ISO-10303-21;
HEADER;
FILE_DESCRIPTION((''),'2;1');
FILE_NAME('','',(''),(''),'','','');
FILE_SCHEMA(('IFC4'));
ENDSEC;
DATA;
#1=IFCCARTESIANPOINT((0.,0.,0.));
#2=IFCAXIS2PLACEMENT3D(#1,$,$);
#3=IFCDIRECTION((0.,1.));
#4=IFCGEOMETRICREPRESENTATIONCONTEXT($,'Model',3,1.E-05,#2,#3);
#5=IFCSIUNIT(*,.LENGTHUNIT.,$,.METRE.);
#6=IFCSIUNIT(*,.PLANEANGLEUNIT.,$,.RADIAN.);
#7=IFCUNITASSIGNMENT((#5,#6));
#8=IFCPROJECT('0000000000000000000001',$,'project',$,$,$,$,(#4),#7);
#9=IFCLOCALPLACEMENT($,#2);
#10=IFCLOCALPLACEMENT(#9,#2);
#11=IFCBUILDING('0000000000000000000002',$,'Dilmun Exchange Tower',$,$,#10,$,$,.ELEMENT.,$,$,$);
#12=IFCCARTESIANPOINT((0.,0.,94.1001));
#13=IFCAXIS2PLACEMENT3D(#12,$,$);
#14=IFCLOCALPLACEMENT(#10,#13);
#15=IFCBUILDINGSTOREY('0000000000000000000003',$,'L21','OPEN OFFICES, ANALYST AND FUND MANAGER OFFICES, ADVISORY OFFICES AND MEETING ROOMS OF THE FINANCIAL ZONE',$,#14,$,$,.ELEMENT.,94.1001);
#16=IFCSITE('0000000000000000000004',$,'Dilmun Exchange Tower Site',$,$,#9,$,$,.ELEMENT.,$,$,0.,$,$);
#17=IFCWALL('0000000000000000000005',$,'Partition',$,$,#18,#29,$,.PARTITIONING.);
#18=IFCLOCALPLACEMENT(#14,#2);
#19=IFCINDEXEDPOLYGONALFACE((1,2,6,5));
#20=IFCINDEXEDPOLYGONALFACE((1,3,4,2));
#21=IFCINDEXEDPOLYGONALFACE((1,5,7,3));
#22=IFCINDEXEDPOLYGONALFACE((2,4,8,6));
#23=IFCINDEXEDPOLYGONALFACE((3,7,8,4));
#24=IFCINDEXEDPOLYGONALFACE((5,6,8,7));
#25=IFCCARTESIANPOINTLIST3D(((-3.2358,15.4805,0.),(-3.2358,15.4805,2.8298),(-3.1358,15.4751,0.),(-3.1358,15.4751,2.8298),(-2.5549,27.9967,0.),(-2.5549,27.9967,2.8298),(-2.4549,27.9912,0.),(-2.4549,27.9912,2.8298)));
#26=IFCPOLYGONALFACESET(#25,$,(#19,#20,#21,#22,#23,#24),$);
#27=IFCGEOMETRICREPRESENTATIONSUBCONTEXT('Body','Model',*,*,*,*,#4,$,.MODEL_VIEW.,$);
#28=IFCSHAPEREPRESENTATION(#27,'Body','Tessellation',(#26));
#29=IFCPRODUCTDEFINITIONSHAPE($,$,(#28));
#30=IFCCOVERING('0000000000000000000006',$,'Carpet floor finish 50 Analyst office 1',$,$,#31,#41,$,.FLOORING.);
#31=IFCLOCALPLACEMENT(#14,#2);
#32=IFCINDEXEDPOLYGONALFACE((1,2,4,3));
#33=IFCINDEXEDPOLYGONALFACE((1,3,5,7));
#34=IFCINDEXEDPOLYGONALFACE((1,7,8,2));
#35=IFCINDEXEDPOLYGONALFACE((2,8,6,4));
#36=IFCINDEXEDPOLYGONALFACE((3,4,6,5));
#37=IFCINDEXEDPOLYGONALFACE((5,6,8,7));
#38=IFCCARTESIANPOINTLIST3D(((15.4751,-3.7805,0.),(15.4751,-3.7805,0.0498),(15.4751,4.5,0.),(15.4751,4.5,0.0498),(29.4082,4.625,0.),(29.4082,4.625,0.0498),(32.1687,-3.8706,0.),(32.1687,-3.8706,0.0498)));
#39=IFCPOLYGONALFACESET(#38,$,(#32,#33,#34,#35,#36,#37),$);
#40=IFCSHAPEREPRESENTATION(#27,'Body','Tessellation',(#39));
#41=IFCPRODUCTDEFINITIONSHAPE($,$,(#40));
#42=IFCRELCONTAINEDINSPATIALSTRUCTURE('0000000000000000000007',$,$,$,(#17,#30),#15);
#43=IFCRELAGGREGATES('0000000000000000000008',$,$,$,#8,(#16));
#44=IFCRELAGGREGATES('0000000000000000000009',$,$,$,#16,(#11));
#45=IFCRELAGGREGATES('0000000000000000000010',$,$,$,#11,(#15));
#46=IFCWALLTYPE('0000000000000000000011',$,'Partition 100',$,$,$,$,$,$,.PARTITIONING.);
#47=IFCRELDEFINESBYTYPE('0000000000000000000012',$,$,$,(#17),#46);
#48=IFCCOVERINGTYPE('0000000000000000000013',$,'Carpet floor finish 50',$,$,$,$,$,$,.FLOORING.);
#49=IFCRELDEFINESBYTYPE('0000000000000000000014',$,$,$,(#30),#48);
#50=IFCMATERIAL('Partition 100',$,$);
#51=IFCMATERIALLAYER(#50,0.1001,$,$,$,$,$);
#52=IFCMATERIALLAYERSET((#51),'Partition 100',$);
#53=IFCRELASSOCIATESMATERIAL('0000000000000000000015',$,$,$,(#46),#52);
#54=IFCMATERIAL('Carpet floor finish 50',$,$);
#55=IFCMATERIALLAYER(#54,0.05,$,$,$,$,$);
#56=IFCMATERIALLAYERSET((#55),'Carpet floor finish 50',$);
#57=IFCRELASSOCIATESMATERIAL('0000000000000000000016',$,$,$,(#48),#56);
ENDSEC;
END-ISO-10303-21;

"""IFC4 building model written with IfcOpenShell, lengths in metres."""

from ifc_helpers import new_model, si_unit, direction, frame, frame_2d, origin, place, context, subcontext, project, spatial, polyline, rectangle, outline, extrude, material, layer, layer_set, type_object, element, save


model = new_model("IFC4")

# Units and contexts
model_context = context("Model", 3, precision=1e-05, world=origin(), true_north=direction((0.0, 1.0)))
body_context = subcontext(model_context, "Body", "Model", "MODEL_VIEW")
ifc_project = project(units=[si_unit("LENGTHUNIT", "METRE"), si_unit("PLANEANGLEUNIT", "RADIAN")], contexts=[model_context])

# Site, building, storey
site_placement = place(None, origin())
site = spatial("IfcSite", under=ifc_project, at=site_placement, Name="Dilmun Exchange Tower Site", CompositionType="ELEMENT", RefElevation=0.0)
building_placement = place(site_placement, origin())
building = spatial("IfcBuilding", under=site, at=building_placement, Name="Dilmun Exchange Tower", CompositionType="ELEMENT")
storey_placement = place(building_placement, frame((0.0, 0.0, 94.1001)))
storey = spatial("IfcBuildingStorey", under=building, at=storey_placement, Name="L21", Description="OPEN OFFICES, ANALYST AND FUND MANAGER OFFICES, ADVISORY OFFICES AND MEETING ROOMS OF THE FINANCIAL ZONE", CompositionType="ELEMENT", Elevation=94.1001)

# Wall
ifc_material_1 = material(Name="Partition 100")
ifc_layer_1 = layer(ifc_material_1, 0.1001)
ifc_layer_set_1 = layer_set([ifc_layer_1], Name="Partition 100")
wall_type_1 = type_object("IfcWallType", Name="Partition 100", PredefinedType="PARTITIONING", material=ifc_layer_set_1)
wall_1_placement = place(storey_placement, frame((-3.1858, 15.4778, 0.0), z_axis=(0.0, 0.0, 1.0), x_axis=(0.054322, 0.998523, 0.0)))
element("IfcWall", 1, at=wall_1_placement, inside=storey, type_object=wall_type_1, Name="Partition", PredefinedType="PARTITIONING", context=body_context, shape_type="SweptSolid", body=[
    extrude(rectangle(XDim=12.5347, YDim=0.1001, at=frame_2d((6.2673, 0.0))), origin(), (0.0, 0.0, 1.0), 2.8298),
])

# Covering
ifc_material_2 = material(Name="Carpet floor finish 50")
ifc_layer_2 = layer(ifc_material_2, 0.05)
ifc_layer_set_2 = layer_set([ifc_layer_2], Name="Carpet floor finish 50")
covering_type = type_object("IfcCoveringType", Name="Carpet floor finish 50", PredefinedType="FLOORING", material=ifc_layer_set_2)
covering_placement = place(storey_placement, origin())
element("IfcCovering", 2, at=covering_placement, inside=storey, type_object=covering_type, Name="Carpet floor finish 50 Analyst office 1", PredefinedType="FLOORING", context=body_context, shape_type="SweptSolid", body=[
    extrude(outline(polyline([(15.4751, 4.5), (29.4082, 4.625), (32.1687, -3.8706), (15.4751, -3.7805), (15.4751, 4.5)])), origin(), (0.0, 0.0, 1.0), 0.0498),
])

save(model, "model.ifc")
